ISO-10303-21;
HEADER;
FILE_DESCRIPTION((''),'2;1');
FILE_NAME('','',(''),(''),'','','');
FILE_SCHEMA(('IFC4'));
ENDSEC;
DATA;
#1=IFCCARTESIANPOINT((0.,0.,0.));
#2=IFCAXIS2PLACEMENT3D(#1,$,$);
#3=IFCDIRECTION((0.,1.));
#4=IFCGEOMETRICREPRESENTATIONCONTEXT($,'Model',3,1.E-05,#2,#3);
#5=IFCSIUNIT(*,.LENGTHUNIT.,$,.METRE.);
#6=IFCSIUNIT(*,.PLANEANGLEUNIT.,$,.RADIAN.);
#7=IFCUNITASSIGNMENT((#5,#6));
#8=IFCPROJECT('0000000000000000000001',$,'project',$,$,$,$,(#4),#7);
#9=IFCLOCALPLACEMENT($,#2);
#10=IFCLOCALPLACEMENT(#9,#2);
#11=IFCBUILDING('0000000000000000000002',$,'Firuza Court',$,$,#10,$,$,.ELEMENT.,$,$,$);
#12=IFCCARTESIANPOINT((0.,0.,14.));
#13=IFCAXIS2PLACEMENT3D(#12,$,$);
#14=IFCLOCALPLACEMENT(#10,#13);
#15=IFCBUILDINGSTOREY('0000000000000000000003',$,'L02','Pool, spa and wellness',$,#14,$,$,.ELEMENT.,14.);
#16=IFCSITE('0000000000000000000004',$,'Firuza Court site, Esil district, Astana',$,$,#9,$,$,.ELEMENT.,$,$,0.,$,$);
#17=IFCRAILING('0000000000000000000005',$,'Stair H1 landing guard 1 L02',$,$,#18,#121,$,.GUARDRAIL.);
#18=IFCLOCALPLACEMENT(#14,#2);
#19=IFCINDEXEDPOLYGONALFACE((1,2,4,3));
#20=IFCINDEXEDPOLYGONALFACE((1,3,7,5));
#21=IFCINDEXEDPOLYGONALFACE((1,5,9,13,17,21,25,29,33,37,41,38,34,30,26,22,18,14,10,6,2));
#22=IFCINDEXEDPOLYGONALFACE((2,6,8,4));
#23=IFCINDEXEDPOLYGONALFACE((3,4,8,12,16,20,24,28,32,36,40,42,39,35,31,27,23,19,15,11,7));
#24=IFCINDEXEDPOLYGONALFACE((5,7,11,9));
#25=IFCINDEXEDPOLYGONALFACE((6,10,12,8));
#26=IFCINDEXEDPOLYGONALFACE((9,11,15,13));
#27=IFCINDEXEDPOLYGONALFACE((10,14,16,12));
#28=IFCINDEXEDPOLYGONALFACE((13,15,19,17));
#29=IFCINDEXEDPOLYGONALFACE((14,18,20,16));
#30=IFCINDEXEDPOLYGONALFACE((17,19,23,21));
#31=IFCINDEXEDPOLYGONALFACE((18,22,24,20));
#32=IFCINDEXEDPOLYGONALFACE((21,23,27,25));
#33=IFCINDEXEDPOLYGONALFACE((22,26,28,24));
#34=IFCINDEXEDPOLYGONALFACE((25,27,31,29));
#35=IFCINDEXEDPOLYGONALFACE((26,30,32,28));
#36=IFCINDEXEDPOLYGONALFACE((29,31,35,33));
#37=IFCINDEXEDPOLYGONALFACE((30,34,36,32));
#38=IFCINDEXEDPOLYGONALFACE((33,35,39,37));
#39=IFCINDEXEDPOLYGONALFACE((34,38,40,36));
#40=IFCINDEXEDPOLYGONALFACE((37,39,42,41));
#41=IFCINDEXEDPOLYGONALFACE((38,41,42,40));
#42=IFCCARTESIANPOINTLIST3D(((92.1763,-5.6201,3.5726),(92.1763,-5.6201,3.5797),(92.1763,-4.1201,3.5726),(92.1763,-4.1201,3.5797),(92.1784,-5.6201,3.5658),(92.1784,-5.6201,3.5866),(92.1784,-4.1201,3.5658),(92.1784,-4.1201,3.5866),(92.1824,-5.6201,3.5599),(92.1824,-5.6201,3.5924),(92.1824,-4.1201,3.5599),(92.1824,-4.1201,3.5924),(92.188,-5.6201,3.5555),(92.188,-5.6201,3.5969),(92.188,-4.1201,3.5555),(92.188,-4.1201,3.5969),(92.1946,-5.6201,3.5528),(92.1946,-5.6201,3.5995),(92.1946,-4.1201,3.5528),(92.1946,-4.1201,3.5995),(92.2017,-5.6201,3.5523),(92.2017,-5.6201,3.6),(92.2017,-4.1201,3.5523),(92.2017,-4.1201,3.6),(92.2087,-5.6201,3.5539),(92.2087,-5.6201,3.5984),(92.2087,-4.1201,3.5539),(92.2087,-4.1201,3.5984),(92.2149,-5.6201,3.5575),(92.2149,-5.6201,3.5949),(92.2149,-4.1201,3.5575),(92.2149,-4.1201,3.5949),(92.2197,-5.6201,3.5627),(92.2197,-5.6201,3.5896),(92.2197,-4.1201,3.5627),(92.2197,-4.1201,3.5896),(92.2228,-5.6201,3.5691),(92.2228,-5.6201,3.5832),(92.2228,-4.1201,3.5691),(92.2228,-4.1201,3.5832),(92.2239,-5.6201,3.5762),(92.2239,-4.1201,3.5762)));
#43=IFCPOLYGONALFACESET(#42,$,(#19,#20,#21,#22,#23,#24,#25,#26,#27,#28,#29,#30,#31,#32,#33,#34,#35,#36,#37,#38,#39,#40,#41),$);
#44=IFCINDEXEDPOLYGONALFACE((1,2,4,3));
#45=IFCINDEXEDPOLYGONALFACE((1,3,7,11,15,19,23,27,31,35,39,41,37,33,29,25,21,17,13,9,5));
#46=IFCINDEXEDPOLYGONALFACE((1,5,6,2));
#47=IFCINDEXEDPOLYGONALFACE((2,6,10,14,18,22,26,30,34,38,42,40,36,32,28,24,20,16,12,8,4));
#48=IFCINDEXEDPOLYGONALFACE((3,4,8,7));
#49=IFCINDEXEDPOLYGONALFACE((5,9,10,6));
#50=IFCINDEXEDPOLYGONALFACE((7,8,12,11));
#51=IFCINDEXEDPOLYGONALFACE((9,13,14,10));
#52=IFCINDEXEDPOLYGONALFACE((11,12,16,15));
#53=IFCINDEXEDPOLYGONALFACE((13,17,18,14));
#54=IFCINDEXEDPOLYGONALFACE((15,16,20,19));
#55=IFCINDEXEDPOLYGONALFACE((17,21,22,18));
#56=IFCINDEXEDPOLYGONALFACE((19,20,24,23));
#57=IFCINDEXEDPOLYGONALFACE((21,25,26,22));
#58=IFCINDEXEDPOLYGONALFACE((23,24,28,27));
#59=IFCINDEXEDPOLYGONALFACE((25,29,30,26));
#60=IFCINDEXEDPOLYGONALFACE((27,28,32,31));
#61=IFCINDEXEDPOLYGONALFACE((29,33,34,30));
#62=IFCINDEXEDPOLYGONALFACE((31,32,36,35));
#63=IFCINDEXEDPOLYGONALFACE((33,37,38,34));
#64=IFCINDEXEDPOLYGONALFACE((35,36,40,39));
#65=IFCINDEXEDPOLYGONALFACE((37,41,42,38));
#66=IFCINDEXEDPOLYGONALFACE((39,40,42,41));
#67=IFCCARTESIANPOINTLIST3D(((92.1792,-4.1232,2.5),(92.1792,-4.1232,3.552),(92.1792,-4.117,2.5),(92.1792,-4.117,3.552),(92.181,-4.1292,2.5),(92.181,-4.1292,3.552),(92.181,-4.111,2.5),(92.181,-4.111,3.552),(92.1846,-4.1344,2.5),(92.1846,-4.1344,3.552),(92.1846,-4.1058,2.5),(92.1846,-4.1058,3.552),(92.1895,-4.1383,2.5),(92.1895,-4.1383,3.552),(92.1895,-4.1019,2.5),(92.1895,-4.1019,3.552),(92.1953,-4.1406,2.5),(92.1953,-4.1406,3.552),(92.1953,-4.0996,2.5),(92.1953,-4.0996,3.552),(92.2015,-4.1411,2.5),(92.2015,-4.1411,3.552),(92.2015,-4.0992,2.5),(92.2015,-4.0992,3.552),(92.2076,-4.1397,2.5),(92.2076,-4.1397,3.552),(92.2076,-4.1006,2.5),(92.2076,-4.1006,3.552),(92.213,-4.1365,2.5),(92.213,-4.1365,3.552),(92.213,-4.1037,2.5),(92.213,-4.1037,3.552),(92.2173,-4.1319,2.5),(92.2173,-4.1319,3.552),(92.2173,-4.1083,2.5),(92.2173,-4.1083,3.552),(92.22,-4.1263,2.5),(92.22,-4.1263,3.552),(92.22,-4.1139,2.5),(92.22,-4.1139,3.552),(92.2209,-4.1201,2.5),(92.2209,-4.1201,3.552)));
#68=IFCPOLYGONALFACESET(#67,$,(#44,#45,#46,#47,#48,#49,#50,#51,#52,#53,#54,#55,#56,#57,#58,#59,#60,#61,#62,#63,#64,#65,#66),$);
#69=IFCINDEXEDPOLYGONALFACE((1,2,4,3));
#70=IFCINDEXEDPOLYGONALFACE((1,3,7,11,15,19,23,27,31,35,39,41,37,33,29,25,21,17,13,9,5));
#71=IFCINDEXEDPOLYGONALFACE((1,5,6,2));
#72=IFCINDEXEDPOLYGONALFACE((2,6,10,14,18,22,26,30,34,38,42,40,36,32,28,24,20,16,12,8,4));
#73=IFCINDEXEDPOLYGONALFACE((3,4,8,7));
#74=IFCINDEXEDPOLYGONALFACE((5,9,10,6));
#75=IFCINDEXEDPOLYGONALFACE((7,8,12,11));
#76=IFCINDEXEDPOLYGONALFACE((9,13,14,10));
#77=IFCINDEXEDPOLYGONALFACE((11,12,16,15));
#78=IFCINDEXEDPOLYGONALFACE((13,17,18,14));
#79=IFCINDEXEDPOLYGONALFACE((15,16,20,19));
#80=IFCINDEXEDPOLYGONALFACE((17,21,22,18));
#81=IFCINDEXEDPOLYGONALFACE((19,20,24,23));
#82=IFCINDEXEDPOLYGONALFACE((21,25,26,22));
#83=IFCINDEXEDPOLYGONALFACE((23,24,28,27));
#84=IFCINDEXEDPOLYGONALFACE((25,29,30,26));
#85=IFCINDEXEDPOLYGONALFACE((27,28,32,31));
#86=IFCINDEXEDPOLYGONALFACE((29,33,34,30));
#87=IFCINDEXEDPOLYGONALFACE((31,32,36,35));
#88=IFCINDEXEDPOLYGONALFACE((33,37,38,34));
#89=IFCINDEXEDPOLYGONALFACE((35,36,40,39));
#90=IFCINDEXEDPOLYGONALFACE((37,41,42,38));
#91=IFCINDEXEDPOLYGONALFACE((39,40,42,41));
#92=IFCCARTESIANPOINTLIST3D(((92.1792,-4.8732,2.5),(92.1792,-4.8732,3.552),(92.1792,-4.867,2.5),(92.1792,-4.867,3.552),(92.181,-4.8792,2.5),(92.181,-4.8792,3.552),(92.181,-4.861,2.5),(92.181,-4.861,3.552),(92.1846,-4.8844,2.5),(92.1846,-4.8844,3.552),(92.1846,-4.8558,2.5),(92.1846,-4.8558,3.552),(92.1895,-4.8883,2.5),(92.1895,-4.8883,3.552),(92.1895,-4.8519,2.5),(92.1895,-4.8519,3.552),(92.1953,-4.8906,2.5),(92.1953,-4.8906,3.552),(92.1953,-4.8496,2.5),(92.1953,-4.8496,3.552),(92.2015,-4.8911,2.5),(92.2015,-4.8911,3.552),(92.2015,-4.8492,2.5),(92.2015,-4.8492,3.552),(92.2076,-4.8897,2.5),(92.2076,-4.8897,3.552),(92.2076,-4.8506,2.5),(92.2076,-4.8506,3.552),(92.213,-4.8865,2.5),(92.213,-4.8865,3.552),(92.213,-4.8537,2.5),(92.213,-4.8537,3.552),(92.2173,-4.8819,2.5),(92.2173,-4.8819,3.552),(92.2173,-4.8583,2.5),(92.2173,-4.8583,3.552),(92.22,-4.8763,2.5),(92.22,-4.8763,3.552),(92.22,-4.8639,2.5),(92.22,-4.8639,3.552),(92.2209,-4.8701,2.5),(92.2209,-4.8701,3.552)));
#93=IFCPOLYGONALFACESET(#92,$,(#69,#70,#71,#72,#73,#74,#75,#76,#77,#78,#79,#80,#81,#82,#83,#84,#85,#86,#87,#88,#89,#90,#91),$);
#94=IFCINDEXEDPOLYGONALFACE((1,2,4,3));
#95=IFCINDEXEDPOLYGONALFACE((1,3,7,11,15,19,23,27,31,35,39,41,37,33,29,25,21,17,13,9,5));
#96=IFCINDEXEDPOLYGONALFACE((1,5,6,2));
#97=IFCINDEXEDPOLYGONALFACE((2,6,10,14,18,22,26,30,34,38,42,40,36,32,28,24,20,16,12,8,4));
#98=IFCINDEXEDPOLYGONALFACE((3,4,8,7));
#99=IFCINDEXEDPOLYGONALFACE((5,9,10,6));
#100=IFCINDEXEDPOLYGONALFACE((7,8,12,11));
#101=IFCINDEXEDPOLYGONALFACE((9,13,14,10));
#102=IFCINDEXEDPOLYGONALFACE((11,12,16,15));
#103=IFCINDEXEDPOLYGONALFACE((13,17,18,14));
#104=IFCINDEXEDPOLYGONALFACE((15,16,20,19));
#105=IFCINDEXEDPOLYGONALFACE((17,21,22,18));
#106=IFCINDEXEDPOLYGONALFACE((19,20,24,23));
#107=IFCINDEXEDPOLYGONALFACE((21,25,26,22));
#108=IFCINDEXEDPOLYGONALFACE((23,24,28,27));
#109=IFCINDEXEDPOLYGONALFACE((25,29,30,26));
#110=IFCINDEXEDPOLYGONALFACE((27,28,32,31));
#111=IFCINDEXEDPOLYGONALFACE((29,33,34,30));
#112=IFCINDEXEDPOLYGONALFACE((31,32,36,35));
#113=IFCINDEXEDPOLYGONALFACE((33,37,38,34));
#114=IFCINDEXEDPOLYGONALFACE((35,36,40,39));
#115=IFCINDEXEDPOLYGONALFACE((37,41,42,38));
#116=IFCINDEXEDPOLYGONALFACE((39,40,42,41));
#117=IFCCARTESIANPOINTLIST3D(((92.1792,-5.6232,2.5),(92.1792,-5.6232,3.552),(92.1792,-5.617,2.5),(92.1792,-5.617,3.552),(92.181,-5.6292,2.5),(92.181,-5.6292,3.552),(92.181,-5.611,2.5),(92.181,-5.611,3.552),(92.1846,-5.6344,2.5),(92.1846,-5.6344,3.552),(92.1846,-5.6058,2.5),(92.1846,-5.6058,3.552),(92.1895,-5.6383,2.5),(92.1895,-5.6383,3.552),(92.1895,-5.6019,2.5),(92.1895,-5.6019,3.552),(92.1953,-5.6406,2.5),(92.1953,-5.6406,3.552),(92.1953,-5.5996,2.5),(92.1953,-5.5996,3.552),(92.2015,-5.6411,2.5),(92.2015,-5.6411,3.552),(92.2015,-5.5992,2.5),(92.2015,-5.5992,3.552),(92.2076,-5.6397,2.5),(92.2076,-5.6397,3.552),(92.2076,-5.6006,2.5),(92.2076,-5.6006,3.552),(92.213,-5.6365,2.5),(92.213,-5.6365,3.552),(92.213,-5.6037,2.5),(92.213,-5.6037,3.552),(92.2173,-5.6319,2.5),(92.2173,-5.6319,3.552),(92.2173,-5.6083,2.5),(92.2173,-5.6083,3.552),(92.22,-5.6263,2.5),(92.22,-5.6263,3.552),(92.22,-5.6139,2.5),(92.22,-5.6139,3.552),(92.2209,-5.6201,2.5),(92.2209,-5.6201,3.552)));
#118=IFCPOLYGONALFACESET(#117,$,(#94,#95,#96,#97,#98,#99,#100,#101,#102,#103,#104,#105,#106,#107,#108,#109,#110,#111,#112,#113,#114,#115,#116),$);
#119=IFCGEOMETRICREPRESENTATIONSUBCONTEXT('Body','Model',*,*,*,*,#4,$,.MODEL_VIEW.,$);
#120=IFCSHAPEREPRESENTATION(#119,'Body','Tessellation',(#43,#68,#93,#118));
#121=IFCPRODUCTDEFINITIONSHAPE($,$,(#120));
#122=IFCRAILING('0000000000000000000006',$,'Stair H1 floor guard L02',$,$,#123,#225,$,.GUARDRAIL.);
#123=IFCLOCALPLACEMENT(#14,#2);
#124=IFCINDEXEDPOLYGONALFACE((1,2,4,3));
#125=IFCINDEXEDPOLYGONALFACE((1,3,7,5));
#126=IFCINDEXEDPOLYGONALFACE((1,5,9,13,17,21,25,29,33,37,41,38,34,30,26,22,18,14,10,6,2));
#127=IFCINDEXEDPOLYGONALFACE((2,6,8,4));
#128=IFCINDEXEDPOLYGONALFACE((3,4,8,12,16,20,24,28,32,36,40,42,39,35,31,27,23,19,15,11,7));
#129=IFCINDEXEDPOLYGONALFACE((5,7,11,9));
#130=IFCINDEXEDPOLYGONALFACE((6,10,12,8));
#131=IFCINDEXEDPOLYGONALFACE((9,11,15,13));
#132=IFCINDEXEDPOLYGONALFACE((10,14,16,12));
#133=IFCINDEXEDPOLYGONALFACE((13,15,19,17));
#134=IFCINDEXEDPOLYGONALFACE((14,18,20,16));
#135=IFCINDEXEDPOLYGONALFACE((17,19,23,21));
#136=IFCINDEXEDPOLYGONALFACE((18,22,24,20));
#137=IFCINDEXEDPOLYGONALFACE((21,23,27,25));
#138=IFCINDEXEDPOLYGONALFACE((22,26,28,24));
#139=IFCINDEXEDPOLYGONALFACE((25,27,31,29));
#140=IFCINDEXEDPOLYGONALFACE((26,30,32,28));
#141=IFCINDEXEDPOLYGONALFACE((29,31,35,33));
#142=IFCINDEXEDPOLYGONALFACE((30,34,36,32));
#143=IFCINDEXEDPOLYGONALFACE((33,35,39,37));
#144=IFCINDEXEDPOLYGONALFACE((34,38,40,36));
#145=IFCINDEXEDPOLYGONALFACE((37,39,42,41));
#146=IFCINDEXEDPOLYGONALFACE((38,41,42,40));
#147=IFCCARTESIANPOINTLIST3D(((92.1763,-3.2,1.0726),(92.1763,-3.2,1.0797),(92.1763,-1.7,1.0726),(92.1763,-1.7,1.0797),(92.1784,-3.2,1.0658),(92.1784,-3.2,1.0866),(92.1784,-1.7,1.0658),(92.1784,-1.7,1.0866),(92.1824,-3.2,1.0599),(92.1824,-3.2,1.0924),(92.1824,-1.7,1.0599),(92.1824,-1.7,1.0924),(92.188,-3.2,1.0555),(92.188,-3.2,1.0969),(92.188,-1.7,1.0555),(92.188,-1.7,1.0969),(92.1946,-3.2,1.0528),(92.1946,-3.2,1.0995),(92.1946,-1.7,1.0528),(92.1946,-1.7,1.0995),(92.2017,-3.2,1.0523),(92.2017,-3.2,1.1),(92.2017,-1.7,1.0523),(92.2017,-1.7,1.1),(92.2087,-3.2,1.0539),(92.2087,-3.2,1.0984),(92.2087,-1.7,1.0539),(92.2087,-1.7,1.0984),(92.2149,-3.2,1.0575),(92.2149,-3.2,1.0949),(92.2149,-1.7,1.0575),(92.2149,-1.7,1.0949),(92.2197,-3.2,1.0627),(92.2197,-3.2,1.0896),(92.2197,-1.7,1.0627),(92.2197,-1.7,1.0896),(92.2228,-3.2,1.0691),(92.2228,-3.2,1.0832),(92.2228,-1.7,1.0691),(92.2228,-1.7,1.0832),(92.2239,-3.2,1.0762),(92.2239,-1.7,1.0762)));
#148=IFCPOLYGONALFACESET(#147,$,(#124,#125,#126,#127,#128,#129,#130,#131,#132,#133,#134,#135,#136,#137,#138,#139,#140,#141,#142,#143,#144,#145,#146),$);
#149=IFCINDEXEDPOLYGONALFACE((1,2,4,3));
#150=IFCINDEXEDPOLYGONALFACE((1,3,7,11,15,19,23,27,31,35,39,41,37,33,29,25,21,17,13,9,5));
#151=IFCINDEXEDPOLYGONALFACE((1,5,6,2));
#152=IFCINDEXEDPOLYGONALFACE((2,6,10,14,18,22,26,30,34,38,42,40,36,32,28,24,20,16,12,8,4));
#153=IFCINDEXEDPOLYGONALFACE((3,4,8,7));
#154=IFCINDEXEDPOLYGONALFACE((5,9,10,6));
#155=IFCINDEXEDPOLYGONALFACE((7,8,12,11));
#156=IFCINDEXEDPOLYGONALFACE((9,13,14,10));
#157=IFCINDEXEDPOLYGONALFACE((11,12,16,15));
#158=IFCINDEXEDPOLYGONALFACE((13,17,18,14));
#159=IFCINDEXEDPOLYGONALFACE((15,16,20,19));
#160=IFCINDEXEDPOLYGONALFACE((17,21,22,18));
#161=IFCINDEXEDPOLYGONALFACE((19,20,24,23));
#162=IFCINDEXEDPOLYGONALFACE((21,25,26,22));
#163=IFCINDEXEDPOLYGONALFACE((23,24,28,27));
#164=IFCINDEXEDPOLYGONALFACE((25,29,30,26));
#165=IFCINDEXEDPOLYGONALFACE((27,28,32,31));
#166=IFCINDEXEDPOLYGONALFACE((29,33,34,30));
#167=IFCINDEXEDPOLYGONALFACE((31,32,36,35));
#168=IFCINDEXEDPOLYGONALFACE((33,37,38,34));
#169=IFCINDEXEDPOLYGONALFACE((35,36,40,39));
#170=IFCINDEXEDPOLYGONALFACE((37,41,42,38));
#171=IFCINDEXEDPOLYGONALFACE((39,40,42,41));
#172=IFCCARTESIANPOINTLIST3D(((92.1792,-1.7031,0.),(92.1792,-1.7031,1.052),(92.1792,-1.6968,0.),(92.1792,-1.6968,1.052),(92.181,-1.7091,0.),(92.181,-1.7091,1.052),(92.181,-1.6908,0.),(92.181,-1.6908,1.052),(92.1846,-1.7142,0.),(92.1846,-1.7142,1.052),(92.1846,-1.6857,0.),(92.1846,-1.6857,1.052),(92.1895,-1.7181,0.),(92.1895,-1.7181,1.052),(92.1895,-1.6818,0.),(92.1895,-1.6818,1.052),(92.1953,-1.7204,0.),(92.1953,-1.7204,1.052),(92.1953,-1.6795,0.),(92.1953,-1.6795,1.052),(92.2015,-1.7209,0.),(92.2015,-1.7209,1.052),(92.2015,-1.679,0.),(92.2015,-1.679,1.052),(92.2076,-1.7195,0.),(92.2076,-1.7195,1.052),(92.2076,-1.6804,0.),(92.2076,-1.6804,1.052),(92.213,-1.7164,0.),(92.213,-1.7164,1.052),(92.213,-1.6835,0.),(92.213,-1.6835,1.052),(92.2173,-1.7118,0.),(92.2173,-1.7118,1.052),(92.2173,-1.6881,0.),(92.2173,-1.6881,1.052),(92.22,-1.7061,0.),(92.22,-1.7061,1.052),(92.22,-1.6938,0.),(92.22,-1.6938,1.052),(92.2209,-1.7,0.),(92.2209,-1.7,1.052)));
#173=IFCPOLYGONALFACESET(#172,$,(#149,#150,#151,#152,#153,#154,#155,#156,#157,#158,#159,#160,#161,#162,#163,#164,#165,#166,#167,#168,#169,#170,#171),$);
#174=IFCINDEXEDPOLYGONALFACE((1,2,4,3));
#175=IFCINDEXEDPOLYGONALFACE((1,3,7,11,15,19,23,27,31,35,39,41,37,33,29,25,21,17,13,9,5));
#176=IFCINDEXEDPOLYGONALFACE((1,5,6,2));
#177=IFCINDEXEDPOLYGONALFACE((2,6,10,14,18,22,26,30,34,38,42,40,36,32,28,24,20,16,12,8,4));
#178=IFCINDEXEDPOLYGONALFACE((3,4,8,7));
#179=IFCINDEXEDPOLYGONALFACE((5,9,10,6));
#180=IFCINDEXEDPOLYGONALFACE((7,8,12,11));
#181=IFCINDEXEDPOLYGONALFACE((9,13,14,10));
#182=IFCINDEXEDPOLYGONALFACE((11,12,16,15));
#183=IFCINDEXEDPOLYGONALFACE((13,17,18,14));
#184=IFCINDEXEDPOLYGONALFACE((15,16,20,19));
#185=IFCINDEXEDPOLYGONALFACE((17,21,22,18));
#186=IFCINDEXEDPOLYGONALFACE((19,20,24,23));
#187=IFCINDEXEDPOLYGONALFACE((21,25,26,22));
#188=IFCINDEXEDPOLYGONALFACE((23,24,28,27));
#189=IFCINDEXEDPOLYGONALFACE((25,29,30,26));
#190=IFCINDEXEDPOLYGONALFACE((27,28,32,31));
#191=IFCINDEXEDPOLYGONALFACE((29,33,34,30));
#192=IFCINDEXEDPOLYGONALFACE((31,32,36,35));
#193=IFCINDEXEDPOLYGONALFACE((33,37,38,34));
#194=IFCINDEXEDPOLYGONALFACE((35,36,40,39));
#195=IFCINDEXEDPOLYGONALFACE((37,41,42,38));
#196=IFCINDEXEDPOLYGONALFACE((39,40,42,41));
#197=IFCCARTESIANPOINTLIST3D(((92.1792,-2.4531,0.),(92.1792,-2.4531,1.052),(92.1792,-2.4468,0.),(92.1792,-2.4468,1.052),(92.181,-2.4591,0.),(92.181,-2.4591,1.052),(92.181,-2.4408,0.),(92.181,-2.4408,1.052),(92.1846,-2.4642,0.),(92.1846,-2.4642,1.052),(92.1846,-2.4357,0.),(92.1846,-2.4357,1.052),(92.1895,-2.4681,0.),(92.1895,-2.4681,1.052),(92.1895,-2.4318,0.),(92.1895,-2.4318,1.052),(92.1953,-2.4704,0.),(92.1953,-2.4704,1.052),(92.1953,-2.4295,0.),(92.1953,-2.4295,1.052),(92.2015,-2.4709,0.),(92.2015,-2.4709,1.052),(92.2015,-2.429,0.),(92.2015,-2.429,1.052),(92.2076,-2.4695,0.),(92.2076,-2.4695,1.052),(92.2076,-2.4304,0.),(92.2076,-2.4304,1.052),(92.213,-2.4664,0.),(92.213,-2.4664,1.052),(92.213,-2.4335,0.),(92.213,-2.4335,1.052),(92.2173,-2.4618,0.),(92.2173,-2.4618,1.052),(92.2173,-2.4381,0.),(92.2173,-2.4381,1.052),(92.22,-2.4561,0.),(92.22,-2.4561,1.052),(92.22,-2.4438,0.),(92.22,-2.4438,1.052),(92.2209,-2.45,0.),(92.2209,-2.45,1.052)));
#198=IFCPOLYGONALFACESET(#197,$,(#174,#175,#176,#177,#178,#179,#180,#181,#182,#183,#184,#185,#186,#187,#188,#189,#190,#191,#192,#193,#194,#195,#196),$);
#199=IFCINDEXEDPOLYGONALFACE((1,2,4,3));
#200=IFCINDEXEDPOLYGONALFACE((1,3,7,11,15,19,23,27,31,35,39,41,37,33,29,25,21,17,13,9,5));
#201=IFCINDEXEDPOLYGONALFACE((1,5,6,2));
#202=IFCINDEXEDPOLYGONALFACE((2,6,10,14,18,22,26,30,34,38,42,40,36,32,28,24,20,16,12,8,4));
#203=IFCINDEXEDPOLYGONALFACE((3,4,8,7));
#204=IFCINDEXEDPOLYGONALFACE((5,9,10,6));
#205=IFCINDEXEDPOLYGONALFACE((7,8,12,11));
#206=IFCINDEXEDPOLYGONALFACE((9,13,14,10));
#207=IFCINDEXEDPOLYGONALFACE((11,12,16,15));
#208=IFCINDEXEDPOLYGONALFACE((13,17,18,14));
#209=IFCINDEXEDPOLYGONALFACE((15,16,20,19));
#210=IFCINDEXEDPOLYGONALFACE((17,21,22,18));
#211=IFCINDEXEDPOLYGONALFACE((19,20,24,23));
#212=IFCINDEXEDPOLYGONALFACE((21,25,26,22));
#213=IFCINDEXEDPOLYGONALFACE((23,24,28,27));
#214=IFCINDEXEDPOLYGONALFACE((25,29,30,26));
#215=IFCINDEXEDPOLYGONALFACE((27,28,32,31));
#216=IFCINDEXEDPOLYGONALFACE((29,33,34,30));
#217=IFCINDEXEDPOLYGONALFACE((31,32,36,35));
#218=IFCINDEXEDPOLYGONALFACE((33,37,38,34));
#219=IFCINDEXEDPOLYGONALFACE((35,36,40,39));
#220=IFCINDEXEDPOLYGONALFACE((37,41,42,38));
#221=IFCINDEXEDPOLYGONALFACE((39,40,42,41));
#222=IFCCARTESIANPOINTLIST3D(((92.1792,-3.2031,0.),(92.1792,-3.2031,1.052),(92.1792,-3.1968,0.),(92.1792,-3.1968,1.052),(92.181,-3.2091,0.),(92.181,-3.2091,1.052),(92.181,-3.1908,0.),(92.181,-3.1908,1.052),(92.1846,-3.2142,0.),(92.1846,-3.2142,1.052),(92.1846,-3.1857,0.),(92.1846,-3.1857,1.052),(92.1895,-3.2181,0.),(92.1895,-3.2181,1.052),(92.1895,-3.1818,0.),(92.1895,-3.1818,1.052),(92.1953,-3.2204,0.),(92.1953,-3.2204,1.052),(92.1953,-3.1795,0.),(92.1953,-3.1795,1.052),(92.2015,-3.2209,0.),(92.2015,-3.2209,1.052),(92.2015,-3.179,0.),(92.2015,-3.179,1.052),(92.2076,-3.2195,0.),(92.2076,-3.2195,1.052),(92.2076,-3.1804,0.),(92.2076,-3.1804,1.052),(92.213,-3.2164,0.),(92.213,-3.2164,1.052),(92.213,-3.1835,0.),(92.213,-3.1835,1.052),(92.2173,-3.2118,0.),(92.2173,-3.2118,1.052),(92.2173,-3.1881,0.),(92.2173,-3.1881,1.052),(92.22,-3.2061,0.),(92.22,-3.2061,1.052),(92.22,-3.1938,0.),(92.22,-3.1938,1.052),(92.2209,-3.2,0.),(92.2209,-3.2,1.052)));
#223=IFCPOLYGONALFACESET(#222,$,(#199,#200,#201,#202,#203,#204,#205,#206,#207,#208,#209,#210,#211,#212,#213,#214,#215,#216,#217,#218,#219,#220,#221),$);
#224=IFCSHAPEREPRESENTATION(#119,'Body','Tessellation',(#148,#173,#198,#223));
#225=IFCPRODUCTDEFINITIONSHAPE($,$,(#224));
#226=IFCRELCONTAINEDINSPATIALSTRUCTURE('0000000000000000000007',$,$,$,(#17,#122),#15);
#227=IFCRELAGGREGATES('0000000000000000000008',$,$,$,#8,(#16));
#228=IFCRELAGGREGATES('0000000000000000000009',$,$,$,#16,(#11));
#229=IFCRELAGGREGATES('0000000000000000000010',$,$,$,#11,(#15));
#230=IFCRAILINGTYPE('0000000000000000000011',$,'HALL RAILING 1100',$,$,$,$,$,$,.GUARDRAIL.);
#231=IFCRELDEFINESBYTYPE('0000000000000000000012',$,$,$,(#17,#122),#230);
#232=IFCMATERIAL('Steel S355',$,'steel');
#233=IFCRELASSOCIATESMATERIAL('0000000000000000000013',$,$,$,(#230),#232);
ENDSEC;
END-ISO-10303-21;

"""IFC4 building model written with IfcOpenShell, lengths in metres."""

from ifc_helpers import new_model, si_unit, direction, frame, origin, origin_2d, place, context, subcontext, project, spatial, circle, extrude, material, type_object, element, save


model = new_model("IFC4")

# Units and contexts
model_context = context("Model", 3, precision=1e-05, world=origin(), true_north=direction((0.0, 1.0)))
body_context = subcontext(model_context, "Body", "Model", "MODEL_VIEW")
ifc_project = project(units=[si_unit("LENGTHUNIT", "METRE"), si_unit("PLANEANGLEUNIT", "RADIAN")], contexts=[model_context])

# Site, building, storey
site_placement = place(None, origin())
site = spatial("IfcSite", under=ifc_project, at=site_placement, Name="Firuza Court site, Esil district, Astana", CompositionType="ELEMENT", RefElevation=0.0)
building_placement = place(site_placement, origin())
building = spatial("IfcBuilding", under=site, at=building_placement, Name="Firuza Court", CompositionType="ELEMENT")
storey_placement = place(building_placement, frame((0.0, 0.0, 14.0)))
storey = spatial("IfcBuildingStorey", under=building, at=storey_placement, Name="L02", Description="Pool, spa and wellness", CompositionType="ELEMENT", Elevation=14.0)

# Railings
ifc_material_1 = material(Name="Steel S355", Category="steel")
railing_type_1 = type_object("IfcRailingType", Name="HALL RAILING 1100", PredefinedType="GUARDRAIL", material=ifc_material_1)
for number, where, name in (
    (1, (92.2, -4.1201, 2.5), "Stair H1 landing guard 1 L02"),
    (2, (92.2, -1.7, 0.0), "Stair H1 floor guard L02"),
):
    element("IfcRailing", number, at=place(storey_placement, frame(where)), inside=storey, type_object=railing_type_1, Name=name, PredefinedType="GUARDRAIL", context=body_context, shape_type="SweptSolid", body=[
        extrude(circle(Radius=0.0239, at=origin_2d()), frame((0.0, 0.0, 1.0762), z_axis=(0.0, -1.0, 0.0), x_axis=(1.0, 0.0, 0.0)), (0.0, 0.0, 1.0), 1.5),
        extrude(circle(Radius=0.021, at=origin_2d()), origin(), (0.0, 0.0, 1.0), 1.052),
        extrude(circle(Radius=0.021, at=origin_2d()), frame((0.0, -0.75, 0.0)), (0.0, 0.0, 1.0), 1.052),
        extrude(circle(Radius=0.021, at=origin_2d()), frame((0.0, -1.5, 0.0)), (0.0, 0.0, 1.0), 1.052),
    ])

save(model, "model.ifc")
